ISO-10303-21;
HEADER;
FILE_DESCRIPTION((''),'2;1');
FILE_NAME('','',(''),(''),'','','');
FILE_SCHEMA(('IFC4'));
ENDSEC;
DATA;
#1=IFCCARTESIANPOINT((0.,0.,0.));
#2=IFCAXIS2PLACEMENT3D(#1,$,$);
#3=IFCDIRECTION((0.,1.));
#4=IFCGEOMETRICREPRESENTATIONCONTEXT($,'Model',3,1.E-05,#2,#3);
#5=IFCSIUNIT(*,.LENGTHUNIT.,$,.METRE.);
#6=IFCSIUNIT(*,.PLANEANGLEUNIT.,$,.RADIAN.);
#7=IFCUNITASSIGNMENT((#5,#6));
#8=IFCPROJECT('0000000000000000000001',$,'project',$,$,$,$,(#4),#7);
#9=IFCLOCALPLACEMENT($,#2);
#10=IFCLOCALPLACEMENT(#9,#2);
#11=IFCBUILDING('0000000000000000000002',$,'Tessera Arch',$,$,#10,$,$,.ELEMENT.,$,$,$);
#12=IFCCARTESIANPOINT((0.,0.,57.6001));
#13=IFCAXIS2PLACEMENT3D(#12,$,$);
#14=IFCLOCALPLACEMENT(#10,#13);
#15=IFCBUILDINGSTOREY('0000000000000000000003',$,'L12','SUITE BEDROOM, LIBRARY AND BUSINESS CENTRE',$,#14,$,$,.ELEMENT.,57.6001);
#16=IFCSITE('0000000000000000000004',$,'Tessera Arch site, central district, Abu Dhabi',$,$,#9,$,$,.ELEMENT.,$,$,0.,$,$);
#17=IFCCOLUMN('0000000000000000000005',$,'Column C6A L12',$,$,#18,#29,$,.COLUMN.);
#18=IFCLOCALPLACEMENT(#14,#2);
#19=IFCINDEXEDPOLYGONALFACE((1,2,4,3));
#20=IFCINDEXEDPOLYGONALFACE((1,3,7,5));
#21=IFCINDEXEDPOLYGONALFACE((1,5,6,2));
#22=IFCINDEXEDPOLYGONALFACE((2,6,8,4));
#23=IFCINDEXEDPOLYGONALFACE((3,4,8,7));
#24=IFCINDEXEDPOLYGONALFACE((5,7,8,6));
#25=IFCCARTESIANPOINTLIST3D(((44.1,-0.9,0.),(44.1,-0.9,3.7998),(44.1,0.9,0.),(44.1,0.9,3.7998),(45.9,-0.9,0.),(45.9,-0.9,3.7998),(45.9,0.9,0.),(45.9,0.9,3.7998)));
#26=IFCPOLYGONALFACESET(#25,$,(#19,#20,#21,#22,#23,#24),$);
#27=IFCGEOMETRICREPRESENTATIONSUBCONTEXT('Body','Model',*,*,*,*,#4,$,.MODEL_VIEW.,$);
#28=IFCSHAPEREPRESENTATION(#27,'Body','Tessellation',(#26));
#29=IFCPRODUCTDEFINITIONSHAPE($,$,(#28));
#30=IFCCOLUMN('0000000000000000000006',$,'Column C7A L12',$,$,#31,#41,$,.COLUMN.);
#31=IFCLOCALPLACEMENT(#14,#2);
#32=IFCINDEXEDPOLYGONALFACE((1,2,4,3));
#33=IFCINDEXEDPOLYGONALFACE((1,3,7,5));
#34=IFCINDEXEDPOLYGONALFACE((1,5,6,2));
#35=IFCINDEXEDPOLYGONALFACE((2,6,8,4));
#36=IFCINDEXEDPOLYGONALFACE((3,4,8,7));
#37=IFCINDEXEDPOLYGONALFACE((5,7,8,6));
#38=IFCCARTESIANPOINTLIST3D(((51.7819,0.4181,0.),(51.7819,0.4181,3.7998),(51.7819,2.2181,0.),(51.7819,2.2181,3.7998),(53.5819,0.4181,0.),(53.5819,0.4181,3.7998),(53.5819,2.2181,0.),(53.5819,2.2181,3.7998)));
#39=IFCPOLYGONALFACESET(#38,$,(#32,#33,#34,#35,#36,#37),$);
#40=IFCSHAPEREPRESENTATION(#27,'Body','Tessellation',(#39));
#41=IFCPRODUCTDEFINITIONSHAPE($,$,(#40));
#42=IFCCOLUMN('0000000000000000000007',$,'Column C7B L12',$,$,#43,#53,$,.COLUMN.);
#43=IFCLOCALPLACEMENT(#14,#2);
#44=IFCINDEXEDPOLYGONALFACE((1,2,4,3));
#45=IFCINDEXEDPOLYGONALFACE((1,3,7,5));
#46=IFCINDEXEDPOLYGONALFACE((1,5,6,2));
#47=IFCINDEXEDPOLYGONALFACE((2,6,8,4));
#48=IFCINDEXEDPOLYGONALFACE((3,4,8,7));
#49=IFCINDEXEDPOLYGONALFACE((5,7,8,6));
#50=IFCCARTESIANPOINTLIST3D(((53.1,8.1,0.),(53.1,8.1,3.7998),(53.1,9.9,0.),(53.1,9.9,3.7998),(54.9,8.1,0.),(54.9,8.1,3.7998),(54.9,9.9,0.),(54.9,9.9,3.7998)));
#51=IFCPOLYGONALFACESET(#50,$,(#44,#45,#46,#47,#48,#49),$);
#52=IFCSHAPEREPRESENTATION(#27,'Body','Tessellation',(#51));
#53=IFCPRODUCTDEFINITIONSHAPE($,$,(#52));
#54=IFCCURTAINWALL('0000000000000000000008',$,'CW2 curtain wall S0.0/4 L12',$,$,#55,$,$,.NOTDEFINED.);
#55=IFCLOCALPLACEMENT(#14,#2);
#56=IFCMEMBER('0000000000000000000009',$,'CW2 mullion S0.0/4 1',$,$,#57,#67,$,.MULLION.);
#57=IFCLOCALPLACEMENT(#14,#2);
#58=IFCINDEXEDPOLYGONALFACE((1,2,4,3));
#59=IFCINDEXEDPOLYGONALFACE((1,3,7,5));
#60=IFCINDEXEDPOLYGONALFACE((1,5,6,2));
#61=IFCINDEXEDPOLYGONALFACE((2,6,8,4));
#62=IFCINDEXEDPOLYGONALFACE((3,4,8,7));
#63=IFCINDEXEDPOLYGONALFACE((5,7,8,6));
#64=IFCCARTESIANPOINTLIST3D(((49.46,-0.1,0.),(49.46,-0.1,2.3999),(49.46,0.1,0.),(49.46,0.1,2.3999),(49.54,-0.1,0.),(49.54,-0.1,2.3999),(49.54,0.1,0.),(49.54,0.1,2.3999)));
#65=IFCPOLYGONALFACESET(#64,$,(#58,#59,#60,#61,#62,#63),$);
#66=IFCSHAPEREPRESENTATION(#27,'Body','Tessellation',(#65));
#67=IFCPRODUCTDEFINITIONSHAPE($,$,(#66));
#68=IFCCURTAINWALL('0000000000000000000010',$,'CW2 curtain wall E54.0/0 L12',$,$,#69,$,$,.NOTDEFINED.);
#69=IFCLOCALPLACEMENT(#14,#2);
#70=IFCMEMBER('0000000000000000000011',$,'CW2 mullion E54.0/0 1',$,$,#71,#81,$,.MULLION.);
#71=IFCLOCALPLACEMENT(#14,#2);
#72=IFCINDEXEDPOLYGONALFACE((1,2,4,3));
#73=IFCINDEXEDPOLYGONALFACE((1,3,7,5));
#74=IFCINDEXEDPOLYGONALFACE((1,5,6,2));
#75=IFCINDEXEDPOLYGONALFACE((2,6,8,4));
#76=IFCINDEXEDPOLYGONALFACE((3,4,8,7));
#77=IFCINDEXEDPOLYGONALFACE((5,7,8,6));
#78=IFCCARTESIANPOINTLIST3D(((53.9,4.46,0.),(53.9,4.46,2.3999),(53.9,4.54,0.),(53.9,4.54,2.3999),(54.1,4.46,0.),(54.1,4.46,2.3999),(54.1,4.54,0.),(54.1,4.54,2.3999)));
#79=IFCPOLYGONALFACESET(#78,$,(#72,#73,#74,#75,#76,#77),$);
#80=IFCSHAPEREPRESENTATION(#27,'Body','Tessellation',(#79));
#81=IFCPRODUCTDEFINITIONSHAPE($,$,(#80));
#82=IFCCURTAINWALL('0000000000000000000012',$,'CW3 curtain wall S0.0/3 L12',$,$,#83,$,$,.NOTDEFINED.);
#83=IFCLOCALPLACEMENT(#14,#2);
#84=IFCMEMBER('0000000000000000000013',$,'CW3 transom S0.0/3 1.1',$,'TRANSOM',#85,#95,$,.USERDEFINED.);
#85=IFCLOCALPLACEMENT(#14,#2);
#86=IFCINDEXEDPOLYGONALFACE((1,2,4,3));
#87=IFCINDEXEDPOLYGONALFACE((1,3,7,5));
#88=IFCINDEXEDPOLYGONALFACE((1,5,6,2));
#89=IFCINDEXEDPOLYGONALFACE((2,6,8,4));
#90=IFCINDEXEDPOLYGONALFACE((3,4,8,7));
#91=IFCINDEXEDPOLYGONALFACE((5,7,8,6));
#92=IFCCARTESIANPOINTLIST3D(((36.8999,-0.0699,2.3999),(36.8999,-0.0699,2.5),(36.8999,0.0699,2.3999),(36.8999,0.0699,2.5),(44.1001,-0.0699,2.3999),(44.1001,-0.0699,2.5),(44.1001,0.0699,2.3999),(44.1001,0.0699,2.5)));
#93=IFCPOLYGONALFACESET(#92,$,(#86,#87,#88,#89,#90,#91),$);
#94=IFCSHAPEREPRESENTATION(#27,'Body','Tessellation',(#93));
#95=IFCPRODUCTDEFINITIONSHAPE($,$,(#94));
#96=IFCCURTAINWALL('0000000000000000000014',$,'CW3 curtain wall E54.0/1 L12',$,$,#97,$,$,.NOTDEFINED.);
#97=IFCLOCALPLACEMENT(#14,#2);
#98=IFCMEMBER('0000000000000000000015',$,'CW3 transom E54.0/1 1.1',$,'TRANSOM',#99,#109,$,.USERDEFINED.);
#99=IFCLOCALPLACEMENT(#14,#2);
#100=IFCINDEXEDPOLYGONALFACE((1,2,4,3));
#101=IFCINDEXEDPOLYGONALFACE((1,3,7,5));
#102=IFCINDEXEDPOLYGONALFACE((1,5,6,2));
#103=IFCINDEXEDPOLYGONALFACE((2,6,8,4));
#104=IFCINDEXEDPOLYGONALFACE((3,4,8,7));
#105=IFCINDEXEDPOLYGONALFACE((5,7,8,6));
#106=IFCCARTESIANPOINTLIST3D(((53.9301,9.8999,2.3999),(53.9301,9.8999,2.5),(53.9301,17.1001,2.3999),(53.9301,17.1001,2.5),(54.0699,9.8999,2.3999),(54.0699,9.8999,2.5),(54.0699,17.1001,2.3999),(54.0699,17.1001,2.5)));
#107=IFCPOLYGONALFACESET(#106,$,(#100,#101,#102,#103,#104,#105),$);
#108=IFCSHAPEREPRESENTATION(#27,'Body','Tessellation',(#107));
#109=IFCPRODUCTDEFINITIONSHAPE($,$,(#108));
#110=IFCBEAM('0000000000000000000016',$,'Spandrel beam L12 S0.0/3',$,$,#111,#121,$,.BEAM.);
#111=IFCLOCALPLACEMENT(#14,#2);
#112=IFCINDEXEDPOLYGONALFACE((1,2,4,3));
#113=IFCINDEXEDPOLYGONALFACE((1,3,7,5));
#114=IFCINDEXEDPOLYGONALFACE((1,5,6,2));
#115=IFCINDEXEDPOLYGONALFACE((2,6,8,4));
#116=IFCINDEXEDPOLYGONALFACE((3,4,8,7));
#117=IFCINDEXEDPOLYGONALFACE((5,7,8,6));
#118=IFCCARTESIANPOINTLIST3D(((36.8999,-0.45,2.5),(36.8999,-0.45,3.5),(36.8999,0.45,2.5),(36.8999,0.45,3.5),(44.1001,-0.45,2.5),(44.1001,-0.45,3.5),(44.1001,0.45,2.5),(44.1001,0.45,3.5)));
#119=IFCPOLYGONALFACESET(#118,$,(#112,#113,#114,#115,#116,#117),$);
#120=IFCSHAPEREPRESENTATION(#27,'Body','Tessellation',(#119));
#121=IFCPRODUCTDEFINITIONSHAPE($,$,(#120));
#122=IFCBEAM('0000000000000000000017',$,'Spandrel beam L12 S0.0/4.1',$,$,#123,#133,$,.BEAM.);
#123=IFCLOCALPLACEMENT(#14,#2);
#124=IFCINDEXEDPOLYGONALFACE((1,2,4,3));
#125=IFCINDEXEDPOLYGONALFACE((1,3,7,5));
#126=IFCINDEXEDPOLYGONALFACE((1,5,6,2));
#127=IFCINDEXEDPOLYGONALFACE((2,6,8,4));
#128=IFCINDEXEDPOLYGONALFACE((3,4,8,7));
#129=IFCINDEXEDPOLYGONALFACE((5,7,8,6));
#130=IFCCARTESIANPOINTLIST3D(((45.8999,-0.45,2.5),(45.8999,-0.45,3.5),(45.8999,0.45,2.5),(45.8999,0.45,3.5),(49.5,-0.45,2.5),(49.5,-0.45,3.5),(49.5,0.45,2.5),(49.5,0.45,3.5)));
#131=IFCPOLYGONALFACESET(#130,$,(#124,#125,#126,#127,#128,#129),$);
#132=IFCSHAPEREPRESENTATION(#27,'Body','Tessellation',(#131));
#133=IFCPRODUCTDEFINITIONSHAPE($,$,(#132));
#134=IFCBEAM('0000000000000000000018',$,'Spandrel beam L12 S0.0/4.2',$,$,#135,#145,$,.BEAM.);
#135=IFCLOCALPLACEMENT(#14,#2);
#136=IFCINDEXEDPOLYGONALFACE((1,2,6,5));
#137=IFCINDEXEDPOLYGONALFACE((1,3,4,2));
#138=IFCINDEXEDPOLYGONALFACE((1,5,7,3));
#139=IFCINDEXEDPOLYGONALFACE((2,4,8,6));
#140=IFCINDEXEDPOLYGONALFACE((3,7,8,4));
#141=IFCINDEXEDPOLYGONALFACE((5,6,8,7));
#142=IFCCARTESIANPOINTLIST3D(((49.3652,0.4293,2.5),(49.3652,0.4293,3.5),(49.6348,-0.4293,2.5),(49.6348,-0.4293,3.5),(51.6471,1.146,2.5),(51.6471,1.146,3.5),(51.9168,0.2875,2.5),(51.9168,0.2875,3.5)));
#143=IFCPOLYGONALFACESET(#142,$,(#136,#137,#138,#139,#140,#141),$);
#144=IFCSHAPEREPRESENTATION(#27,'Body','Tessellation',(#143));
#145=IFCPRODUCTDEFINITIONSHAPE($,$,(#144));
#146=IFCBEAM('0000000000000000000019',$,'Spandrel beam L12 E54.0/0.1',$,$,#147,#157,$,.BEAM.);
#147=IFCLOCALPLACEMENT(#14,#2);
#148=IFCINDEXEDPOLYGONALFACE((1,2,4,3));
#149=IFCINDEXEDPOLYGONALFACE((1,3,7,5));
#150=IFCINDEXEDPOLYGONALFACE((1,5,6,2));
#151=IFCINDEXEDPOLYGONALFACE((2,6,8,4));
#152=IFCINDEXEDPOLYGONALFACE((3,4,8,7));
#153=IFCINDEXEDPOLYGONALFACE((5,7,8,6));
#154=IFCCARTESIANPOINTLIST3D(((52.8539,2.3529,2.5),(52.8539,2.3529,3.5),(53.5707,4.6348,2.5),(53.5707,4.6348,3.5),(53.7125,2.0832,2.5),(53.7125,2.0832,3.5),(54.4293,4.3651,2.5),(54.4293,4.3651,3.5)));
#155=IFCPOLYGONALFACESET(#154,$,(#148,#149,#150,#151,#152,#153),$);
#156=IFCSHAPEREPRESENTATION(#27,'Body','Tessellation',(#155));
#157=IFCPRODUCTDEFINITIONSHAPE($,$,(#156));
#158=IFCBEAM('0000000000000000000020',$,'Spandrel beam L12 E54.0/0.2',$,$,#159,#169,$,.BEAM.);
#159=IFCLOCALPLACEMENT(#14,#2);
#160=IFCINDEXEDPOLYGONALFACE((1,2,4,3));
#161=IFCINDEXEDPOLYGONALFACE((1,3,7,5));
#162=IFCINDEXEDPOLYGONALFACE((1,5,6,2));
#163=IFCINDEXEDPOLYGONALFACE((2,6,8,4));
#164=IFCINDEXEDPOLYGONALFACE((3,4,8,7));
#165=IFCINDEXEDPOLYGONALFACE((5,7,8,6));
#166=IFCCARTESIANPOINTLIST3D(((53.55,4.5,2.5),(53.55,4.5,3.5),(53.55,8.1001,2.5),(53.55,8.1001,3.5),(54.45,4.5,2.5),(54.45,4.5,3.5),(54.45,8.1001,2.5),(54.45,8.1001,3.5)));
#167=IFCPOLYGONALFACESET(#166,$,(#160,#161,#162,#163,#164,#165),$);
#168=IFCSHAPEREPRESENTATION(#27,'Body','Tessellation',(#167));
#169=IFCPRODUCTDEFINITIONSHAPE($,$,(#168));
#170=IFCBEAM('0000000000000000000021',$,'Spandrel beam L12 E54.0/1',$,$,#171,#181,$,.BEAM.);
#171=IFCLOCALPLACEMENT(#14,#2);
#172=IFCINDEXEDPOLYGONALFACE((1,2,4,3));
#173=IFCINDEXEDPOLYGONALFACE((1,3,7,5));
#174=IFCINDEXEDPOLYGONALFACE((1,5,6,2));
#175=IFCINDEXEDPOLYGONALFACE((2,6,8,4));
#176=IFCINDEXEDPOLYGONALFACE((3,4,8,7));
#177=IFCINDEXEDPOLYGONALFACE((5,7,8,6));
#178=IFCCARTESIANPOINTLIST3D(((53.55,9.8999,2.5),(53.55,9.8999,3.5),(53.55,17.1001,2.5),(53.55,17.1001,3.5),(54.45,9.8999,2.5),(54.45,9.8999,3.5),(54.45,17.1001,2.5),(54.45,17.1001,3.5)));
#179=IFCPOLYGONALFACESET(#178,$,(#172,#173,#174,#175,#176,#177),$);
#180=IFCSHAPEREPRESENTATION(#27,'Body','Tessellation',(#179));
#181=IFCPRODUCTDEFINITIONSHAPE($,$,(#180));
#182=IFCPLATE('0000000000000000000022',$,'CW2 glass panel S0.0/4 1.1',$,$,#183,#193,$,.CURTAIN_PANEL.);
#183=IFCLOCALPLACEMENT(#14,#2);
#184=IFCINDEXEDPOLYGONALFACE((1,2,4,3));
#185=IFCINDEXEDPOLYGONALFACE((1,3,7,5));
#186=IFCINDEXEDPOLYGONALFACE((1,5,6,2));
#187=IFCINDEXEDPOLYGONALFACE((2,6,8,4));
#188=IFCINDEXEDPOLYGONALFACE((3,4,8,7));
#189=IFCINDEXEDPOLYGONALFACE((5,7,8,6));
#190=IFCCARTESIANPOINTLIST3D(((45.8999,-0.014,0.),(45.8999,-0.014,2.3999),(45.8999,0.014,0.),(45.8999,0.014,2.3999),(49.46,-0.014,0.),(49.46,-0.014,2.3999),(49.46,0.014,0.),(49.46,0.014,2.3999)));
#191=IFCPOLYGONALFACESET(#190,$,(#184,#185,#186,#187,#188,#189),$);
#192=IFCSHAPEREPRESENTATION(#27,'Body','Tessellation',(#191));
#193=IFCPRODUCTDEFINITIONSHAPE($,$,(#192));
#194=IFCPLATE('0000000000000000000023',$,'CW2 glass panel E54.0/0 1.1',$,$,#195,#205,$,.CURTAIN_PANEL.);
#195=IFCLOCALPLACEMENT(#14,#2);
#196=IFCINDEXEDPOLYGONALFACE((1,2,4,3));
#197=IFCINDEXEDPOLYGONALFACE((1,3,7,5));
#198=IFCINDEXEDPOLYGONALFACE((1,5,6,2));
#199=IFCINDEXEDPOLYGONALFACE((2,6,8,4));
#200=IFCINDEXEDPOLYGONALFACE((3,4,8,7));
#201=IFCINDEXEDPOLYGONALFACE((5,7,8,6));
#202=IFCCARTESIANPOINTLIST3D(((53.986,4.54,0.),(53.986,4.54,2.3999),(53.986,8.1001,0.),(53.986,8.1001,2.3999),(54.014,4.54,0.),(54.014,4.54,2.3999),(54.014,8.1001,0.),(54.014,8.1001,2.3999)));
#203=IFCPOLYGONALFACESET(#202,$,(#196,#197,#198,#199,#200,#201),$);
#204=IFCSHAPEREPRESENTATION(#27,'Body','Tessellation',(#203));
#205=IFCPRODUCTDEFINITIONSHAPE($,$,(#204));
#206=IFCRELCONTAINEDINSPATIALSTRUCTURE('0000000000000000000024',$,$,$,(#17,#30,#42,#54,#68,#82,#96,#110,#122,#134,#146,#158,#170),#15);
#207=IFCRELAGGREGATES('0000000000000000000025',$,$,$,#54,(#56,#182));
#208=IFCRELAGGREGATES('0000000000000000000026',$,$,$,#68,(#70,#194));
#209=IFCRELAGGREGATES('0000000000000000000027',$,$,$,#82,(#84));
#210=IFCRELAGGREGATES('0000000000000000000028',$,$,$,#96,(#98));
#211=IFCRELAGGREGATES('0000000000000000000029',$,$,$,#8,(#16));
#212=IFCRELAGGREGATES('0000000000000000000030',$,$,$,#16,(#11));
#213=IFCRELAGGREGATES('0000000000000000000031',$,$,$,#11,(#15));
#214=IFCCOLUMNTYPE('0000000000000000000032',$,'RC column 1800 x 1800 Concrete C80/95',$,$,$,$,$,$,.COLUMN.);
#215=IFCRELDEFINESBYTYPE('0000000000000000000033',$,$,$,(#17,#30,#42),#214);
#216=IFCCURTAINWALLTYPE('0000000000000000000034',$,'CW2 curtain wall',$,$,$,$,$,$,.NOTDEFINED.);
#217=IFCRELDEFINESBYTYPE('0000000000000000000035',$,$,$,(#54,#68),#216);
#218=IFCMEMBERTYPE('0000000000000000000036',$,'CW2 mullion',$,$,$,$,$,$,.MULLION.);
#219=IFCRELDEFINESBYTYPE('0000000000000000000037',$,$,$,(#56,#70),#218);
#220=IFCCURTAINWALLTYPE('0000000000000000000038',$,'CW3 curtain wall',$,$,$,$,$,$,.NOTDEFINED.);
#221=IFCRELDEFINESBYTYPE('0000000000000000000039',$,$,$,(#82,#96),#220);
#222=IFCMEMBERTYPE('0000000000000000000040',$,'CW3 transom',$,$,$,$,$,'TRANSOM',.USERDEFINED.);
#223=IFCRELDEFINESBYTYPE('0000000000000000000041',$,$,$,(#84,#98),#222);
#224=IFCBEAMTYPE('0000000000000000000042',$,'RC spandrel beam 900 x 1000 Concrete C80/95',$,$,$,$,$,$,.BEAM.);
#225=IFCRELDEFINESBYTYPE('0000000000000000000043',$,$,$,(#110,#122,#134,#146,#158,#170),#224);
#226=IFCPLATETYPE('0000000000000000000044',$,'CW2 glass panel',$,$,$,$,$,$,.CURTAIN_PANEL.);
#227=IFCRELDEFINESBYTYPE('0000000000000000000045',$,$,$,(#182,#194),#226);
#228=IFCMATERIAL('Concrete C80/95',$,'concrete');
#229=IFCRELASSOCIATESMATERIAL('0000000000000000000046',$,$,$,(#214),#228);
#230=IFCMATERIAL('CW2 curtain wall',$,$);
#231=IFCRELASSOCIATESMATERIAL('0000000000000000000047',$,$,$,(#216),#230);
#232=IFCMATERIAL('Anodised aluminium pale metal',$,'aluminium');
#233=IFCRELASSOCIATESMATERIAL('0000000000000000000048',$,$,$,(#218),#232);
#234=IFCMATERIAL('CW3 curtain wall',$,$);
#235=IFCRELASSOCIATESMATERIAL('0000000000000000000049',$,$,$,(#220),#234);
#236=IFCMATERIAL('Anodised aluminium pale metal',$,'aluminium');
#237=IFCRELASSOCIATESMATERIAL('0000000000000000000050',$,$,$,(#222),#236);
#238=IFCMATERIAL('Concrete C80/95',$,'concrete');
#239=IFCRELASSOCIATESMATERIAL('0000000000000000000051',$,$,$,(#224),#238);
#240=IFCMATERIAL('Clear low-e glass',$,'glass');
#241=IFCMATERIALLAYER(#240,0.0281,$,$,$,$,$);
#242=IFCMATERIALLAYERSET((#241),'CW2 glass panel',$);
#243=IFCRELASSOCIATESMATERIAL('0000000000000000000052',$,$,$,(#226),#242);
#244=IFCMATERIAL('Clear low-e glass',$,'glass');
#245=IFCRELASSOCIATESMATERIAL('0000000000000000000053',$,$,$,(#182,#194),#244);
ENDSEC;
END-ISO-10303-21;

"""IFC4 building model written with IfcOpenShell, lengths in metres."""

from ifc_helpers import new_model, si_unit, direction, frame, origin, origin_2d, place, context, subcontext, project, spatial, rectangle, extrude, material, layer, layer_set, material_profile, profile_set, type_object, element, aggregate, save


model = new_model("IFC4")

# Units and contexts
model_context = context("Model", 3, precision=1e-05, world=origin(), true_north=direction((0.0, 1.0)))
body_context = subcontext(model_context, "Body", "Model", "MODEL_VIEW")
ifc_project = project(units=[si_unit("LENGTHUNIT", "METRE"), si_unit("PLANEANGLEUNIT", "RADIAN")], contexts=[model_context])

# Site, building, storey
site_placement = place(None, origin())
site = spatial("IfcSite", under=ifc_project, at=site_placement, Name="Tessera Arch site, central district, Abu Dhabi", CompositionType="ELEMENT", RefElevation=0.0)
building_placement = place(site_placement, origin())
building = spatial("IfcBuilding", under=site, at=building_placement, Name="Tessera Arch", CompositionType="ELEMENT")
storey_placement = place(building_placement, frame((0.0, 0.0, 57.6001)))
storey = spatial("IfcBuildingStorey", under=building, at=storey_placement, Name="L12", Description="SUITE BEDROOM, LIBRARY AND BUSINESS CENTRE", CompositionType="ELEMENT", Elevation=57.6001)

# Columns
ifc_material_1 = material(Name="Concrete C80/95", Category="concrete")
ifc_material_profile_1 = material_profile(ifc_material_1, rectangle(XDim=1.8, YDim=1.8, at=origin_2d()), Name="RC column 1800 x 1800 Concrete C80/95")
ifc_profile_set_1 = profile_set([ifc_material_profile_1], Name="Concrete C80/95")
column_type = type_object("IfcColumnType", Name="RC column 1800 x 1800 Concrete C80/95", PredefinedType="COLUMN", material=ifc_profile_set_1)
for number, where, z_axis, x_axis, name in (
    (1, (45.0, 0.0, 0.0), (0.0, 0.0, 1.0), (1.0, 0.0, 0.0), "Column C6A L12"),
    (2, (52.6819, 1.3181, 0.0), (0.0, 0.0, 1.0), (1.0, 0.0, 0.0), "Column C7A L12"),
    (3, (54.0, 9.0, 0.0), (0.0, 0.0, 1.0), (1.0, 0.0, 0.0), "Column C7B L12"),
):
    element("IfcColumn", number, at=place(storey_placement, frame(where, z_axis=z_axis, x_axis=x_axis)), inside=storey, type_object=column_type, Name=name, PredefinedType="COLUMN", context=body_context, shape_type="SweptSolid", body=[
        extrude(rectangle(XDim=1.8, YDim=1.8, at=origin_2d()), origin(), (0.0, 0.0, 1.0), 3.7998),
    ])

# Curtain walls, members
ifc_material_2 = material(Name="CW2 curtain wall")
curtain_wall_type_1 = type_object("IfcCurtainWallType", Name="CW2 curtain wall", PredefinedType="NOTDEFINED", material=ifc_material_2)
curtain_wall_1_placement = place(storey_placement, origin())
curtain_wall_1 = element("IfcCurtainWall", 4, at=curtain_wall_1_placement, inside=storey, type_object=curtain_wall_type_1, Name="CW2 curtain wall S0.0/4 L12", PredefinedType="NOTDEFINED")
ifc_material_3 = material(Name="Anodised aluminium pale metal", Category="aluminium")
ifc_material_profile_2 = material_profile(ifc_material_3, rectangle(XDim=0.2, YDim=0.0801, at=origin_2d()), Name="AL 80x200")
ifc_profile_set_2 = profile_set([ifc_material_profile_2], Name="Anodised aluminium pale metal")
member_type_1 = type_object("IfcMemberType", Name="CW2 mullion", PredefinedType="MULLION", material=ifc_profile_set_2)
member_1_placement = place(storey_placement, frame((49.5, 0.0, 0.0), z_axis=(0.0, 0.0, 1.0), x_axis=(0.0, 1.0, 0.0)))
member_1 = element("IfcMember", 5, at=member_1_placement, type_object=member_type_1, Name="CW2 mullion S0.0/4 1", PredefinedType="MULLION", context=body_context, shape_type="SweptSolid", body=[
    extrude(rectangle(XDim=0.2, YDim=0.0801, at=origin_2d()), origin(), (0.0, 0.0, 1.0), 2.3999),
])
curtain_wall_2_placement = place(storey_placement, origin())
curtain_wall_2 = element("IfcCurtainWall", 6, at=curtain_wall_2_placement, inside=storey, type_object=curtain_wall_type_1, Name="CW2 curtain wall E54.0/0 L12", PredefinedType="NOTDEFINED")
member_2_placement = place(storey_placement, frame((54.0, 4.5, 0.0), z_axis=(0.0, 0.0, 1.0), x_axis=(-1.0, 0.0, 0.0)))
member_2 = element("IfcMember", 7, at=member_2_placement, type_object=member_type_1, Name="CW2 mullion E54.0/0 1", PredefinedType="MULLION", context=body_context, shape_type="SweptSolid", body=[
    extrude(rectangle(XDim=0.2, YDim=0.0801, at=origin_2d()), origin(), (0.0, 0.0, 1.0), 2.3999),
])
ifc_material_4 = material(Name="CW3 curtain wall")
curtain_wall_type_2 = type_object("IfcCurtainWallType", Name="CW3 curtain wall", PredefinedType="NOTDEFINED", material=ifc_material_4)
curtain_wall_3_placement = place(storey_placement, origin())
curtain_wall_3 = element("IfcCurtainWall", 8, at=curtain_wall_3_placement, inside=storey, type_object=curtain_wall_type_2, Name="CW3 curtain wall S0.0/3 L12", PredefinedType="NOTDEFINED")
ifc_material_5 = material(Name="Anodised aluminium pale metal", Category="aluminium")
ifc_material_profile_3 = material_profile(ifc_material_5, rectangle(XDim=0.1399, YDim=0.1001, at=origin_2d()), Name="AL 140x100")
ifc_profile_set_3 = profile_set([ifc_material_profile_3], Name="Anodised aluminium pale metal")
member_type_2 = type_object("IfcMemberType", Name="CW3 transom", ElementType="TRANSOM", PredefinedType="USERDEFINED", material=ifc_profile_set_3)
member_3_placement = place(storey_placement, frame((36.8999, 0.0, 2.45), z_axis=(1.0, 0.0, 0.0), x_axis=(0.0, 1.0, 0.0)))
member_3 = element("IfcMember", 9, at=member_3_placement, type_object=member_type_2, Name="CW3 transom S0.0/3 1.1", ObjectType="TRANSOM", PredefinedType="USERDEFINED", context=body_context, shape_type="SweptSolid", body=[
    extrude(rectangle(XDim=0.1399, YDim=0.1001, at=origin_2d()), origin(), (0.0, 0.0, 1.0), 7.2002),
])
curtain_wall_4_placement = place(storey_placement, origin())
curtain_wall_4 = element("IfcCurtainWall", 10, at=curtain_wall_4_placement, inside=storey, type_object=curtain_wall_type_2, Name="CW3 curtain wall E54.0/1 L12", PredefinedType="NOTDEFINED")
member_4_placement = place(storey_placement, frame((54.0, 9.8999, 2.45), z_axis=(0.0, 1.0, 0.0), x_axis=(-1.0, 0.0, 0.0)))
member_4 = element("IfcMember", 11, at=member_4_placement, type_object=member_type_2, Name="CW3 transom E54.0/1 1.1", ObjectType="TRANSOM", PredefinedType="USERDEFINED", context=body_context, shape_type="SweptSolid", body=[
    extrude(rectangle(XDim=0.1399, YDim=0.1001, at=origin_2d()), origin(), (0.0, 0.0, 1.0), 7.2002),
])

# Beams
ifc_material_6 = material(Name="Concrete C80/95", Category="concrete")
ifc_material_profile_4 = material_profile(ifc_material_6, rectangle(XDim=0.8999, YDim=1.0, at=origin_2d()), Name="RC spandrel beam 900 x 1000 Concrete C80/95")
ifc_profile_set_4 = profile_set([ifc_material_profile_4], Name="Concrete C80/95")
beam_type = type_object("IfcBeamType", Name="RC spandrel beam 900 x 1000 Concrete C80/95", PredefinedType="BEAM", material=ifc_profile_set_4)
beam_1_placement = place(storey_placement, frame((36.8999, 0.0, 3.0), z_axis=(1.0, 0.0, 0.0), x_axis=(0.0, 1.0, 0.0)))
element("IfcBeam", 12, at=beam_1_placement, inside=storey, type_object=beam_type, Name="Spandrel beam L12 S0.0/3", PredefinedType="BEAM", context=body_context, shape_type="SweptSolid", body=[
    extrude(rectangle(XDim=0.8999, YDim=1.0, at=origin_2d()), origin(), (0.0, 0.0, 1.0), 7.2002),
])
beam_2_placement = place(storey_placement, frame((45.8999, 0.0, 3.0), z_axis=(1.0, 0.0, 0.0), x_axis=(0.0, 1.0, 0.0)))
element("IfcBeam", 13, at=beam_2_placement, inside=storey, type_object=beam_type, Name="Spandrel beam L12 S0.0/4.1", PredefinedType="BEAM", context=body_context, shape_type="SweptSolid", body=[
    extrude(rectangle(XDim=0.8999, YDim=1.0, at=origin_2d()), origin(), (0.0, 0.0, 1.0), 3.6001),
])
for number, where, z_axis, x_axis, name in (
    (14, (49.5, 0.0, 3.0), (0.954041, 0.299675, 0.0), (-0.299675, 0.954041, 0.0), "Spandrel beam L12 S0.0/4.2"),
    (15, (53.2832, 2.218, 3.0), (0.299675, 0.954041, 0.0), (-0.954041, 0.299675, 0.0), "Spandrel beam L12 E54.0/0.1"),
):
    element("IfcBeam", number, at=place(storey_placement, frame(where, z_axis=z_axis, x_axis=x_axis)), inside=storey, type_object=beam_type, Name=name, PredefinedType="BEAM", context=body_context, shape_type="SweptSolid", body=[
        extrude(rectangle(XDim=0.8999, YDim=1.0, at=origin_2d()), origin(), (0.0, 0.0, 1.0), 2.3918),
    ])
beam_3_placement = place(storey_placement, frame((54.0, 4.5, 3.0), z_axis=(0.0, 1.0, 0.0), x_axis=(-1.0, 0.0, 0.0)))
element("IfcBeam", 16, at=beam_3_placement, inside=storey, type_object=beam_type, Name="Spandrel beam L12 E54.0/0.2", PredefinedType="BEAM", context=body_context, shape_type="SweptSolid", body=[
    extrude(rectangle(XDim=0.8999, YDim=1.0, at=origin_2d()), origin(), (0.0, 0.0, 1.0), 3.6001),
])
beam_4_placement = place(storey_placement, frame((54.0, 9.8999, 3.0), z_axis=(0.0, 1.0, 0.0), x_axis=(-1.0, 0.0, 0.0)))
element("IfcBeam", 17, at=beam_4_placement, inside=storey, type_object=beam_type, Name="Spandrel beam L12 E54.0/1", PredefinedType="BEAM", context=body_context, shape_type="SweptSolid", body=[
    extrude(rectangle(XDim=0.8999, YDim=1.0, at=origin_2d()), origin(), (0.0, 0.0, 1.0), 7.2002),
])

# Plates
ifc_material_7 = material(Name="Clear low-e glass", Category="glass")
ifc_material_8 = material(Name="Clear low-e glass", Category="glass")
ifc_layer_1 = layer(ifc_material_8, 0.0281)
ifc_layer_set_1 = layer_set([ifc_layer_1], Name="CW2 glass panel")
plate_type_1 = type_object("IfcPlateType", Name="CW2 glass panel", PredefinedType="CURTAIN_PANEL", material=ifc_layer_set_1)
plate_1_placement = place(storey_placement, frame((47.6799, 0.0, 0.0), z_axis=(0.0, 0.0, 1.0), x_axis=(1.0, 0.0, 0.0)))
plate_1 = element("IfcPlate", 18, at=plate_1_placement, type_object=plate_type_1, material=ifc_material_7, Name="CW2 glass panel S0.0/4 1.1", PredefinedType="CURTAIN_PANEL", context=body_context, shape_type="SweptSolid", body=[
    extrude(rectangle(XDim=3.5601, YDim=0.0281, at=origin_2d()), origin(), (0.0, 0.0, 1.0), 2.3999),
])
aggregate(curtain_wall_1, [member_1, plate_1])
plate_2_placement = place(storey_placement, frame((54.0, 6.3201, 0.0), z_axis=(0.0, 0.0, 1.0), x_axis=(0.0, 1.0, 0.0)))
plate_2 = element("IfcPlate", 19, at=plate_2_placement, type_object=plate_type_1, material=ifc_material_7, Name="CW2 glass panel E54.0/0 1.1", PredefinedType="CURTAIN_PANEL", context=body_context, shape_type="SweptSolid", body=[
    extrude(rectangle(XDim=3.5601, YDim=0.0281, at=origin_2d()), origin(), (0.0, 0.0, 1.0), 2.3999),
])
aggregate(curtain_wall_2, [member_2, plate_2])
aggregate(curtain_wall_3, [member_3])
aggregate(curtain_wall_4, [member_4])

save(model, "model.ifc")
